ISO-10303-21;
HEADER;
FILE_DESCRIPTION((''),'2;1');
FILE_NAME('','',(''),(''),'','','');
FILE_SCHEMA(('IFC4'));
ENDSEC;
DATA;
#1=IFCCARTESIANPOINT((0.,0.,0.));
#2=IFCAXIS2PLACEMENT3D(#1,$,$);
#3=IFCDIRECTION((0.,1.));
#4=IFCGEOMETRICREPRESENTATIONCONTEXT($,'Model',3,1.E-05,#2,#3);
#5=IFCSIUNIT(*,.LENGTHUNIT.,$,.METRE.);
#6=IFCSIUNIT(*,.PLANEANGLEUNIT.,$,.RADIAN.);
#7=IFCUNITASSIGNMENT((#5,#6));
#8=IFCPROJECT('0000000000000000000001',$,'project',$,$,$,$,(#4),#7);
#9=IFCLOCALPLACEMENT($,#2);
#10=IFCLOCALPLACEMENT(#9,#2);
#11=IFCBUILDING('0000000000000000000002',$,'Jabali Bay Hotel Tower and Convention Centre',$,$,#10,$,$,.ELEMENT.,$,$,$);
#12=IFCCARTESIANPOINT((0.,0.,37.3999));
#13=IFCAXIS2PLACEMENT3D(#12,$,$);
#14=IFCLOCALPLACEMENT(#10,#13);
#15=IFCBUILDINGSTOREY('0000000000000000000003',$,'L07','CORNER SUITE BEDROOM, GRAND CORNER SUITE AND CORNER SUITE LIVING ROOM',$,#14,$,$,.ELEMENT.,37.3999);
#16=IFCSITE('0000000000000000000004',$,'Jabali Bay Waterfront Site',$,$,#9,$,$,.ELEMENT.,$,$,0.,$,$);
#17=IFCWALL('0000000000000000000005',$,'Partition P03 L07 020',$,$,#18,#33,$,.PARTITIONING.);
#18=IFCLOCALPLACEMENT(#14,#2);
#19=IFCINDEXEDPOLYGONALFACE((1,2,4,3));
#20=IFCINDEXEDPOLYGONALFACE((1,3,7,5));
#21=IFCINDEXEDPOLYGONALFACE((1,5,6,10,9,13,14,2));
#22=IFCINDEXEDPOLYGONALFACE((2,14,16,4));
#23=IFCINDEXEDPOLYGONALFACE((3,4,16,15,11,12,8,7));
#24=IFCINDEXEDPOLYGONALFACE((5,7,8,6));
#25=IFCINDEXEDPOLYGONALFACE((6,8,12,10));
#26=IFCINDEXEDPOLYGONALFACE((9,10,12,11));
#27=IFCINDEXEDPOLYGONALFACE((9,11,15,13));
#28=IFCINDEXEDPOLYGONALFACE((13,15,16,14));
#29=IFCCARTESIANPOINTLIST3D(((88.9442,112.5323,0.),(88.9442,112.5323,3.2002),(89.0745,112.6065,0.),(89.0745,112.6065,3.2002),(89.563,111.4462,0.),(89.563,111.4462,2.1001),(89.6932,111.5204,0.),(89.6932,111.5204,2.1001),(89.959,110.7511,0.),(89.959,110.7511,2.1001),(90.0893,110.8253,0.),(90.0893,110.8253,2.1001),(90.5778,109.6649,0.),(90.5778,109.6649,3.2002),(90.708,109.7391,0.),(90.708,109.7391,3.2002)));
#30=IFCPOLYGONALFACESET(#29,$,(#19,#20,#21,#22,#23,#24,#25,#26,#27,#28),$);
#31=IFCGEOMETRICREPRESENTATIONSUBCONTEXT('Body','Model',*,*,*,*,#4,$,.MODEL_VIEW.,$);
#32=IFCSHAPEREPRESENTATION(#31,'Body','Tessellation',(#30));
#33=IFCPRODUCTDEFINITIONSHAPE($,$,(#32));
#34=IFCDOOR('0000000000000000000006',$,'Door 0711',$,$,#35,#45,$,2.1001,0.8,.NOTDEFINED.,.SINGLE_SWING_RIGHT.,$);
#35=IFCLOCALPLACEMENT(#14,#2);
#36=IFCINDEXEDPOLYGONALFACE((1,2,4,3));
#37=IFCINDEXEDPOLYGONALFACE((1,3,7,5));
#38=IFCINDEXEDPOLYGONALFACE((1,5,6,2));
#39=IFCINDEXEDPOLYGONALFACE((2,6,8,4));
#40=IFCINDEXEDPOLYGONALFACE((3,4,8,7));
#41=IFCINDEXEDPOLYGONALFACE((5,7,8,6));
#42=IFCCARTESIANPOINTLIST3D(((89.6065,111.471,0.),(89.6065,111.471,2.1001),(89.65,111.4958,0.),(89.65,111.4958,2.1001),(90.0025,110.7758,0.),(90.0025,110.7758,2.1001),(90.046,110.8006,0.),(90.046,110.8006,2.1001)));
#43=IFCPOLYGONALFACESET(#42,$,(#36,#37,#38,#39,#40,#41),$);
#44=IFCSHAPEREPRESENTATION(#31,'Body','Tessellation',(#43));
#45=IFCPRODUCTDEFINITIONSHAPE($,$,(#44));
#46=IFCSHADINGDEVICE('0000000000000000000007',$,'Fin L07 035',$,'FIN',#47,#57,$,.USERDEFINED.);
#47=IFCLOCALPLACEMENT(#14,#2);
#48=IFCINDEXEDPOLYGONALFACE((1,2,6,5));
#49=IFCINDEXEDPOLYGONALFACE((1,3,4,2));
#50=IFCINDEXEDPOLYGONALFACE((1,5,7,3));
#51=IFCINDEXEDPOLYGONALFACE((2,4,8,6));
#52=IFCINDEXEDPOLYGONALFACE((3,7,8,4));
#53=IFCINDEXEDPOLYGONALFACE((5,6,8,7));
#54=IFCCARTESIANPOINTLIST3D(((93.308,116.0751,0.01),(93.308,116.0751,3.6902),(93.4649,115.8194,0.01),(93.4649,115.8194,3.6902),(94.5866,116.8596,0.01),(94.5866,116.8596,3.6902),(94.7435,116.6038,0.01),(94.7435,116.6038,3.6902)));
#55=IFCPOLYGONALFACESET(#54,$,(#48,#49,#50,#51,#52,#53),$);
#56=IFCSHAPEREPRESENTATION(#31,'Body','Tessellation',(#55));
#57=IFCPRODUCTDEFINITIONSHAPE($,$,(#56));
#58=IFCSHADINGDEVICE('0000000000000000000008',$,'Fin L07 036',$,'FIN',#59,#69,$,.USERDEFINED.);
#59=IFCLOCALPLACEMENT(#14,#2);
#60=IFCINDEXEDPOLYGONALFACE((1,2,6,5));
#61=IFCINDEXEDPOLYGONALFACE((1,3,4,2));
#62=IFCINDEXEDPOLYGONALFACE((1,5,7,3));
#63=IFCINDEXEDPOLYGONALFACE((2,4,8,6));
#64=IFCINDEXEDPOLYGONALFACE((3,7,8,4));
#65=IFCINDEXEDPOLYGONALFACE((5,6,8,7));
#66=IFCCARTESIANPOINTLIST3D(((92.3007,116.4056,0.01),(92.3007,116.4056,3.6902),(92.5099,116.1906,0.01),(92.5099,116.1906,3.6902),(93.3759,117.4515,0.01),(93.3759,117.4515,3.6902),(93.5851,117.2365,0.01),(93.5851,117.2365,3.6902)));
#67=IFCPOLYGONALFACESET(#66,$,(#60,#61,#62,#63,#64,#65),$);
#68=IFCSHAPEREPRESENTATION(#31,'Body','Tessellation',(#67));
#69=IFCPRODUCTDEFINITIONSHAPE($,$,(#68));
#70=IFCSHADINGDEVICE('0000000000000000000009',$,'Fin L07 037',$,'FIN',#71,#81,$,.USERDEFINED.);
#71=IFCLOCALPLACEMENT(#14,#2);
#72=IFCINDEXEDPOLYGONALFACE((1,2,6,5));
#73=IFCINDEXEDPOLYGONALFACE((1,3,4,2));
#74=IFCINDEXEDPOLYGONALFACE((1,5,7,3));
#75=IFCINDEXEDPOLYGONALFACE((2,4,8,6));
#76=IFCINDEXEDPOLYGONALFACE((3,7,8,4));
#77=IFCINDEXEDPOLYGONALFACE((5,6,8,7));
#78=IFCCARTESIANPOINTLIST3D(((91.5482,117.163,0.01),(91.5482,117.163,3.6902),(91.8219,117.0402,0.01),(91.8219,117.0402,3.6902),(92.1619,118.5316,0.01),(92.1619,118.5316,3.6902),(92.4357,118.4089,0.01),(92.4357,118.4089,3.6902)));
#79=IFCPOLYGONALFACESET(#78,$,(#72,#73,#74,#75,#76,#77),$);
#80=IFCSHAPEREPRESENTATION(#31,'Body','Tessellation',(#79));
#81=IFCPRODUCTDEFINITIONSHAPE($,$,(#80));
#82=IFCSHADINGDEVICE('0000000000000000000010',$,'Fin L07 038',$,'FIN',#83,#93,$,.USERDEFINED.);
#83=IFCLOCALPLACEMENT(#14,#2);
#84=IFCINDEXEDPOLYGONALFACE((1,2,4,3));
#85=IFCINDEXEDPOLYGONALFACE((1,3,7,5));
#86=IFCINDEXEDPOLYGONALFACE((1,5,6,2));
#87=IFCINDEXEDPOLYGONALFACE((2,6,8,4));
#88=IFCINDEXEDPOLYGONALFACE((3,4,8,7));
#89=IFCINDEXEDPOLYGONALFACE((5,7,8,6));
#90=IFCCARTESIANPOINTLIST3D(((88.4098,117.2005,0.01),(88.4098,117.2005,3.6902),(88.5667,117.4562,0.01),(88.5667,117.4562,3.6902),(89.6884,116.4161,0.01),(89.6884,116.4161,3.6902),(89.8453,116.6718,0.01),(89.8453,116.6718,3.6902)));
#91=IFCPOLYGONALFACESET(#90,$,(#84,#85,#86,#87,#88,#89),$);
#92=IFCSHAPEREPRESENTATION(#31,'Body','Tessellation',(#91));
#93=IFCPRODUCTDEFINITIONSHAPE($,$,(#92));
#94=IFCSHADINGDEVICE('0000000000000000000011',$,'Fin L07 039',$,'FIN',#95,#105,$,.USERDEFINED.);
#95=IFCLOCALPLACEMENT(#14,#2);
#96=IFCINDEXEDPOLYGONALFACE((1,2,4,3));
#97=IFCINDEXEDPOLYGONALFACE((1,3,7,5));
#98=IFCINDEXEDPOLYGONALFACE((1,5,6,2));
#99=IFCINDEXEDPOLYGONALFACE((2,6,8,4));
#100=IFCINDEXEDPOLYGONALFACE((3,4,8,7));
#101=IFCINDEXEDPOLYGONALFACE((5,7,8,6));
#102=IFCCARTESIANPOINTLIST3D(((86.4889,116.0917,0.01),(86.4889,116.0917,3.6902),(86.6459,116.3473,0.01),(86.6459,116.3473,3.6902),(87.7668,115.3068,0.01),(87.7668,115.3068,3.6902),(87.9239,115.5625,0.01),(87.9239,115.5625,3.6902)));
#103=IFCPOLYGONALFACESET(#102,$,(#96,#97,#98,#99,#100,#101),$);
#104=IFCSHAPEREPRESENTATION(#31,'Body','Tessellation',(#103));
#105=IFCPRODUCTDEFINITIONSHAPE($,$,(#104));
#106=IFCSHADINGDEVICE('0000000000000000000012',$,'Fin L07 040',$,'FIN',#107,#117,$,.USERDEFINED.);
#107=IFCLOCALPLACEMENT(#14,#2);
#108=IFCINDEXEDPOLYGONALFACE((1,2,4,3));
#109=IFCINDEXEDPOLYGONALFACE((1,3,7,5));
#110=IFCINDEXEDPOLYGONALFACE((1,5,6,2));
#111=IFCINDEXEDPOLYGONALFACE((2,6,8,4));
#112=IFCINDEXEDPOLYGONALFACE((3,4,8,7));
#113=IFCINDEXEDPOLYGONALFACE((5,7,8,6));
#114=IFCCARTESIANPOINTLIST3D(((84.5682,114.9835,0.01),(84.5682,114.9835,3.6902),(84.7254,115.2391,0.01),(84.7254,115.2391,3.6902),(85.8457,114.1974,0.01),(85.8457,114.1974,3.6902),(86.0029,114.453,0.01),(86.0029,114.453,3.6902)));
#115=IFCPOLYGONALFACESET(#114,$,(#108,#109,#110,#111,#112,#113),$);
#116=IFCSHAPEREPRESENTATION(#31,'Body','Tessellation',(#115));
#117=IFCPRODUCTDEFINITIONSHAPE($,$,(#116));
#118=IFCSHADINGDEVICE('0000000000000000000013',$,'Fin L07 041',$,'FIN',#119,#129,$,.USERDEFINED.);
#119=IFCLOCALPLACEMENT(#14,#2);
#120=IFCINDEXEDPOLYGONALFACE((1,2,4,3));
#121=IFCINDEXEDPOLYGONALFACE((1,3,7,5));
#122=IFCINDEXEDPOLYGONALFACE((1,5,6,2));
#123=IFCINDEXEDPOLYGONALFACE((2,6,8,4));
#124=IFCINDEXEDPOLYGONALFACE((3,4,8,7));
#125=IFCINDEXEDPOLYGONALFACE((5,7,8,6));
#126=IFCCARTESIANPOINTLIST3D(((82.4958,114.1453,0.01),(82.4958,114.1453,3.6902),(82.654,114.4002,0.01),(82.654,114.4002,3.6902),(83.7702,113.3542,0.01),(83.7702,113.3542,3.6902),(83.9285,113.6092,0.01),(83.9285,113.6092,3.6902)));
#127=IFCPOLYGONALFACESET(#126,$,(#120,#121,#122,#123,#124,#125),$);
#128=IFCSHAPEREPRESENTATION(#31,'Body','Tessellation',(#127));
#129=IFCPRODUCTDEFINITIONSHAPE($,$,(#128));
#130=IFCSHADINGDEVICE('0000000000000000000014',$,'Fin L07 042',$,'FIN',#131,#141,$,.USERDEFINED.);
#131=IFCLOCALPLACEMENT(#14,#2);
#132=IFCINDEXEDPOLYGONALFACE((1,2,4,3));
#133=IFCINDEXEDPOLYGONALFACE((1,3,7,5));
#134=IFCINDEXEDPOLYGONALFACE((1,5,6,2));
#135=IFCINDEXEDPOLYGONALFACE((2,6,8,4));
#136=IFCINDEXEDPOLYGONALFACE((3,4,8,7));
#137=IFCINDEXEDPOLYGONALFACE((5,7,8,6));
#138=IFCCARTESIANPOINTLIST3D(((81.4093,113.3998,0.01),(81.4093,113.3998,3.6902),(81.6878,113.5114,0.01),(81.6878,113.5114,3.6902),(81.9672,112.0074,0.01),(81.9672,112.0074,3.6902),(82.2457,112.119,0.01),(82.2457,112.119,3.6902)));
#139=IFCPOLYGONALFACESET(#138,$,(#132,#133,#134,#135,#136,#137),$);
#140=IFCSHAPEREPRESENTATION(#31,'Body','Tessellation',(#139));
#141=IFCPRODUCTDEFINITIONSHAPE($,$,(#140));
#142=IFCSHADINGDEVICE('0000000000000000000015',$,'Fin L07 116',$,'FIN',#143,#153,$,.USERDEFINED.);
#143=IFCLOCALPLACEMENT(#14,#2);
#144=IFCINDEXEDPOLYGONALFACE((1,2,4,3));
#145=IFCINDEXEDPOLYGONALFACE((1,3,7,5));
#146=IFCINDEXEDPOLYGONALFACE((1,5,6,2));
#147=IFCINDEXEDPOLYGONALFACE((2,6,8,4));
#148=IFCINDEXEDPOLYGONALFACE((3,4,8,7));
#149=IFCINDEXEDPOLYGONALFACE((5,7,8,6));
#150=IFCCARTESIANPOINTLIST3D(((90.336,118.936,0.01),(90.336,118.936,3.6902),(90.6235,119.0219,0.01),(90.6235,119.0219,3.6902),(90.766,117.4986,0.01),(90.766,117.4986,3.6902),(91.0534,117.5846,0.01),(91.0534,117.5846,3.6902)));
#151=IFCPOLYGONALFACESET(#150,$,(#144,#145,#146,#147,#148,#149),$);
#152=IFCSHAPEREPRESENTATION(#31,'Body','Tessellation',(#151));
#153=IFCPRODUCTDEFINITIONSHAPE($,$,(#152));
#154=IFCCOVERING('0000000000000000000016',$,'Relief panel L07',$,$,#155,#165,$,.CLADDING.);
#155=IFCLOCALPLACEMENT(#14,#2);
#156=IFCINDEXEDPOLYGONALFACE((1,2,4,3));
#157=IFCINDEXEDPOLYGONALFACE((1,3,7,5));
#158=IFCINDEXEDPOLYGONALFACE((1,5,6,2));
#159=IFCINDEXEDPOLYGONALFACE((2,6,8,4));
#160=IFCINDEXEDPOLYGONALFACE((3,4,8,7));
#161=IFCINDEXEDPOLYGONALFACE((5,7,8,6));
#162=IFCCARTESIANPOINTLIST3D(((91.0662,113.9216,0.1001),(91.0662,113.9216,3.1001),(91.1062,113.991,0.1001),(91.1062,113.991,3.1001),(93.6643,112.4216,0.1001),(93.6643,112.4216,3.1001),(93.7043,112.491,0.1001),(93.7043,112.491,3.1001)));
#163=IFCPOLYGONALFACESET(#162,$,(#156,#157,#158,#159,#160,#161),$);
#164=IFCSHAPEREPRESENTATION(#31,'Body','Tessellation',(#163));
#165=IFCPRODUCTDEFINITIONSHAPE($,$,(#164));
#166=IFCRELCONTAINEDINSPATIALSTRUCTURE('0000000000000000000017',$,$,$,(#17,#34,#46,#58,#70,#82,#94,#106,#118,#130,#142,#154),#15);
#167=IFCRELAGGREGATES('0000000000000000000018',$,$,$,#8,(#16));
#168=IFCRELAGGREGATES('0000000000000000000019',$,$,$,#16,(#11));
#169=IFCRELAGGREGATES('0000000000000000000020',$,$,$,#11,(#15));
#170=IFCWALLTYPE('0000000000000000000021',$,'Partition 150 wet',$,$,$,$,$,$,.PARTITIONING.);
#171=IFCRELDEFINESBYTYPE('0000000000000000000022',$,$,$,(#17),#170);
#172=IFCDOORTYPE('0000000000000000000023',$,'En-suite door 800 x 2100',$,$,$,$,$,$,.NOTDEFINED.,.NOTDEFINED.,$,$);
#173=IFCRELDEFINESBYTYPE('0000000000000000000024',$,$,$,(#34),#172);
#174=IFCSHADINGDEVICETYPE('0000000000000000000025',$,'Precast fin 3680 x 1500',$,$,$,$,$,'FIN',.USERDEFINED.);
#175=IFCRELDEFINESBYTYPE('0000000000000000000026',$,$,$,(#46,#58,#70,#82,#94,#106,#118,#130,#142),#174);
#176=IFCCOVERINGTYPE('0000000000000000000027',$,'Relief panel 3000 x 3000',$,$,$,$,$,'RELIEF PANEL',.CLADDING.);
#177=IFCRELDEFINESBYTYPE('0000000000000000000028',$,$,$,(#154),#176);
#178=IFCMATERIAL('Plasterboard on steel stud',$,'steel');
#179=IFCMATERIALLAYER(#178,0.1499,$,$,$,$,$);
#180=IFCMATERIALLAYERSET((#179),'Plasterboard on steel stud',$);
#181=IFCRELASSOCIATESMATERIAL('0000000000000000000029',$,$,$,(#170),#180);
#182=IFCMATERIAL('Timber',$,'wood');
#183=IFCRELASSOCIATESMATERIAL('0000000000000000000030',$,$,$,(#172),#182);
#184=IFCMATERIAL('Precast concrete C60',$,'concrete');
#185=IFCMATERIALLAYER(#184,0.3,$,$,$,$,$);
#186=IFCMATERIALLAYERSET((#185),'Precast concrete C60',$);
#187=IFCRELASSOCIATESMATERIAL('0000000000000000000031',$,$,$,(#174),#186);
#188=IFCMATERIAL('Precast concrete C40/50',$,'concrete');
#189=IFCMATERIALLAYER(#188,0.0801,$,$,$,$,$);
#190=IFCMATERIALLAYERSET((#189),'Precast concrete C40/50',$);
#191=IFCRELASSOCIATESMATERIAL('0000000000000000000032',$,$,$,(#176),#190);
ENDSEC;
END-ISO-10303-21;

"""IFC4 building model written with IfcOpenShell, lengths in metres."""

from ifc_helpers import new_model, si_unit, direction, frame, frame_2d, origin, origin_2d, place, context, subcontext, project, spatial, rectangle, extrude, material, layer, layer_set, type_object, element, fill, save


model = new_model("IFC4")

# Units and contexts
model_context = context("Model", 3, precision=1e-05, world=origin(), true_north=direction((0.0, 1.0)))
body_context = subcontext(model_context, "Body", "Model", "MODEL_VIEW")
ifc_project = project(units=[si_unit("LENGTHUNIT", "METRE"), si_unit("PLANEANGLEUNIT", "RADIAN")], contexts=[model_context])

# Site, building, storey
site_placement = place(None, origin())
site = spatial("IfcSite", under=ifc_project, at=site_placement, Name="Jabali Bay Waterfront Site", CompositionType="ELEMENT", RefElevation=0.0)
building_placement = place(site_placement, origin())
building = spatial("IfcBuilding", under=site, at=building_placement, Name="Jabali Bay Hotel Tower and Convention Centre", CompositionType="ELEMENT")
storey_placement = place(building_placement, frame((0.0, 0.0, 37.3999)))
storey = spatial("IfcBuildingStorey", under=building, at=storey_placement, Name="L07", Description="CORNER SUITE BEDROOM, GRAND CORNER SUITE AND CORNER SUITE LIVING ROOM", CompositionType="ELEMENT", Elevation=37.3999)

# Shared definitions
ifc_material_1 = material(Name="Plasterboard on steel stud", Category="steel")
ifc_layer_1 = layer(ifc_material_1, 0.1499)
ifc_layer_set_1 = layer_set([ifc_layer_1], Name="Plasterboard on steel stud")
wall_type_1 = type_object("IfcWallType", Name="Partition 150 wet", PredefinedType="PARTITIONING", material=ifc_layer_set_1)

# Wall, opening, door
wall_1_placement = place(storey_placement, frame((90.6428, 109.7021, 0.0), z_axis=(0.0, 0.0, 1.0), x_axis=(-0.494999, 0.868893, 0.0)))
wall_1 = element("IfcWall", 1, at=wall_1_placement, inside=storey, type_object=wall_type_1, Name="Partition P03 L07 020", PredefinedType="PARTITIONING", context=body_context, shape_type="SweptSolid", body=[
    extrude(rectangle(XDim=3.3, YDim=0.1499, at=frame_2d((1.6499, 0.0))), origin(), (0.0, 0.0, 1.0), 3.2002),
])
opening_1_placement = place(wall_1_placement, frame((1.25, 0.0, 0.0)))
opening_1 = element("IfcOpeningElement", 2, at=opening_1_placement, cuts=wall_1, PredefinedType="OPENING", context=body_context, shape_type="SweptSolid", body=[
    extrude(rectangle(XDim=0.8, YDim=2.1001, at=frame_2d((0.3999, 1.05))), frame((0.0, 0.0854, 0.0), z_axis=(0.0, -1.0, 0.0), x_axis=(1.0, 0.0, 0.0)), (0.0, 0.0, 1.0), 0.1709),
])
ifc_material_2 = material(Name="Timber", Category="wood")
door_type = type_object("IfcDoorType", Name="En-suite door 800 x 2100", OperationType="NOTDEFINED", PredefinedType="NOTDEFINED", material=ifc_material_2)
door_placement = place(opening_1_placement, origin())
door = element("IfcDoor", 3, at=door_placement, inside=storey, type_object=door_type, Name="Door 0711", OperationType="SINGLE_SWING_RIGHT", OverallHeight=2.1001, OverallWidth=0.8, PredefinedType="NOTDEFINED", context=body_context, shape_type="SweptSolid", body=[
    extrude(rectangle(XDim=0.8, YDim=2.1001, at=frame_2d((0.3999, 1.05))), frame((0.0, 0.0249, 0.0), z_axis=(0.0, -1.0, 0.0), x_axis=(1.0, 0.0, 0.0)), (0.0, 0.0, 1.0), 0.05),
])
fill(opening_1, door)

# Shading devices
ifc_material_3 = material(Name="Precast concrete C60", Category="concrete")
ifc_layer_2 = layer(ifc_material_3, 0.3)
ifc_layer_set_2 = layer_set([ifc_layer_2], Name="Precast concrete C60")
shading_device_type = type_object("IfcShadingDeviceType", Name="Precast fin 3680 x 1500", ElementType="FIN", PredefinedType="USERDEFINED", material=ifc_layer_set_2)
for number, where, z_axis, x_axis, name in (
    (4, (93.3865, 115.9473, 0.01), (0.0, 0.0, 1.0), (0.852367, 0.522944, 0.0), "Fin L07 035"),
    (5, (92.4053, 116.2981, 0.01), (0.0, 0.0, 1.0), (0.716805, 0.697274, 0.0), "Fin L07 036"),
    (6, (91.6851, 117.1016, 0.01), (0.0, 0.0, 1.0), (0.409187, 0.912451, 0.0), "Fin L07 037"),
    (7, (89.7668, 116.5439, 0.01), (0.0, 0.0, 1.0), (-0.852367, 0.522944, 0.0), "Fin L07 038"),
):
    element("IfcShadingDevice", number, at=place(storey_placement, frame(where, z_axis=z_axis, x_axis=x_axis)), inside=storey, type_object=shading_device_type, Name=name, ObjectType="FIN", PredefinedType="USERDEFINED", context=body_context, shape_type="SweptSolid", body=[
        extrude(rectangle(XDim=1.5, YDim=0.3, at=frame_2d((0.75, 0.0))), origin(), (0.0, 0.0, 1.0), 3.6802),
    ])
shading_device_1_placement = place(storey_placement, frame((87.8455, 115.4346, 0.01), z_axis=(0.0, 0.0, 1.0), x_axis=(-0.852133, 0.523325, 0.0)))
element("IfcShadingDevice", 8, at=shading_device_1_placement, inside=storey, type_object=shading_device_type, Name="Fin L07 039", ObjectType="FIN", PredefinedType="USERDEFINED", context=body_context, shape_type="SweptSolid", body=[
    extrude(rectangle(XDim=1.4998, YDim=0.3, at=frame_2d((0.75, 0.0))), origin(), (0.0, 0.0, 1.0), 3.6802),
])
for number, where, z_axis, x_axis, name in (
    (9, (85.9243, 114.3252, 0.01), (0.0, 0.0, 1.0), (-0.851681, 0.524061, 0.0), "Fin L07 040"),
    (10, (83.8494, 113.4817, 0.01), (0.0, 0.0, 1.0), (-0.84964, 0.527363, 0.0), "Fin L07 041"),
    (11, (82.1064, 112.0632, 0.01), (0.0, 0.0, 1.0), (-0.371924, 0.928263, 0.0), "Fin L07 042"),
):
    element("IfcShadingDevice", number, at=place(storey_placement, frame(where, z_axis=z_axis, x_axis=x_axis)), inside=storey, type_object=shading_device_type, Name=name, ObjectType="FIN", PredefinedType="USERDEFINED", context=body_context, shape_type="SweptSolid", body=[
        extrude(rectangle(XDim=1.5, YDim=0.3, at=frame_2d((0.75, 0.0))), origin(), (0.0, 0.0, 1.0), 3.6802),
    ])
shading_device_2_placement = place(storey_placement, frame((90.9097, 117.5417, 0.01), z_axis=(0.0, 0.0, 1.0), x_axis=(-0.286586, 0.958054, 0.0)))
element("IfcShadingDevice", 12, at=shading_device_2_placement, inside=storey, type_object=shading_device_type, Name="Fin L07 116", ObjectType="FIN", PredefinedType="USERDEFINED", context=body_context, shape_type="SweptSolid", body=[
    extrude(rectangle(XDim=1.5002, YDim=0.3, at=frame_2d((0.75, 0.0))), origin(), (0.0, 0.0, 1.0), 3.6802),
])

# Covering
ifc_material_4 = material(Name="Precast concrete C40/50", Category="concrete")
ifc_layer_3 = layer(ifc_material_4, 0.0801)
ifc_layer_set_3 = layer_set([ifc_layer_3], Name="Precast concrete C40/50")
covering_type = type_object("IfcCoveringType", Name="Relief panel 3000 x 3000", ElementType="RELIEF PANEL", PredefinedType="CLADDING", material=ifc_layer_set_3)
covering_placement = place(storey_placement, frame((92.3853, 113.2063, 0.1001), z_axis=(0.0, 0.0, 1.0), x_axis=(0.866025, -0.5, 0.0)))
element("IfcCovering", 13, at=covering_placement, inside=storey, type_object=covering_type, Name="Relief panel L07", PredefinedType="CLADDING", context=body_context, shape_type="SweptSolid", body=[
    extrude(rectangle(XDim=3.0, YDim=0.0801, at=origin_2d()), origin(), (0.0, 0.0, 1.0), 3.0),
])

save(model, "model.ifc")
